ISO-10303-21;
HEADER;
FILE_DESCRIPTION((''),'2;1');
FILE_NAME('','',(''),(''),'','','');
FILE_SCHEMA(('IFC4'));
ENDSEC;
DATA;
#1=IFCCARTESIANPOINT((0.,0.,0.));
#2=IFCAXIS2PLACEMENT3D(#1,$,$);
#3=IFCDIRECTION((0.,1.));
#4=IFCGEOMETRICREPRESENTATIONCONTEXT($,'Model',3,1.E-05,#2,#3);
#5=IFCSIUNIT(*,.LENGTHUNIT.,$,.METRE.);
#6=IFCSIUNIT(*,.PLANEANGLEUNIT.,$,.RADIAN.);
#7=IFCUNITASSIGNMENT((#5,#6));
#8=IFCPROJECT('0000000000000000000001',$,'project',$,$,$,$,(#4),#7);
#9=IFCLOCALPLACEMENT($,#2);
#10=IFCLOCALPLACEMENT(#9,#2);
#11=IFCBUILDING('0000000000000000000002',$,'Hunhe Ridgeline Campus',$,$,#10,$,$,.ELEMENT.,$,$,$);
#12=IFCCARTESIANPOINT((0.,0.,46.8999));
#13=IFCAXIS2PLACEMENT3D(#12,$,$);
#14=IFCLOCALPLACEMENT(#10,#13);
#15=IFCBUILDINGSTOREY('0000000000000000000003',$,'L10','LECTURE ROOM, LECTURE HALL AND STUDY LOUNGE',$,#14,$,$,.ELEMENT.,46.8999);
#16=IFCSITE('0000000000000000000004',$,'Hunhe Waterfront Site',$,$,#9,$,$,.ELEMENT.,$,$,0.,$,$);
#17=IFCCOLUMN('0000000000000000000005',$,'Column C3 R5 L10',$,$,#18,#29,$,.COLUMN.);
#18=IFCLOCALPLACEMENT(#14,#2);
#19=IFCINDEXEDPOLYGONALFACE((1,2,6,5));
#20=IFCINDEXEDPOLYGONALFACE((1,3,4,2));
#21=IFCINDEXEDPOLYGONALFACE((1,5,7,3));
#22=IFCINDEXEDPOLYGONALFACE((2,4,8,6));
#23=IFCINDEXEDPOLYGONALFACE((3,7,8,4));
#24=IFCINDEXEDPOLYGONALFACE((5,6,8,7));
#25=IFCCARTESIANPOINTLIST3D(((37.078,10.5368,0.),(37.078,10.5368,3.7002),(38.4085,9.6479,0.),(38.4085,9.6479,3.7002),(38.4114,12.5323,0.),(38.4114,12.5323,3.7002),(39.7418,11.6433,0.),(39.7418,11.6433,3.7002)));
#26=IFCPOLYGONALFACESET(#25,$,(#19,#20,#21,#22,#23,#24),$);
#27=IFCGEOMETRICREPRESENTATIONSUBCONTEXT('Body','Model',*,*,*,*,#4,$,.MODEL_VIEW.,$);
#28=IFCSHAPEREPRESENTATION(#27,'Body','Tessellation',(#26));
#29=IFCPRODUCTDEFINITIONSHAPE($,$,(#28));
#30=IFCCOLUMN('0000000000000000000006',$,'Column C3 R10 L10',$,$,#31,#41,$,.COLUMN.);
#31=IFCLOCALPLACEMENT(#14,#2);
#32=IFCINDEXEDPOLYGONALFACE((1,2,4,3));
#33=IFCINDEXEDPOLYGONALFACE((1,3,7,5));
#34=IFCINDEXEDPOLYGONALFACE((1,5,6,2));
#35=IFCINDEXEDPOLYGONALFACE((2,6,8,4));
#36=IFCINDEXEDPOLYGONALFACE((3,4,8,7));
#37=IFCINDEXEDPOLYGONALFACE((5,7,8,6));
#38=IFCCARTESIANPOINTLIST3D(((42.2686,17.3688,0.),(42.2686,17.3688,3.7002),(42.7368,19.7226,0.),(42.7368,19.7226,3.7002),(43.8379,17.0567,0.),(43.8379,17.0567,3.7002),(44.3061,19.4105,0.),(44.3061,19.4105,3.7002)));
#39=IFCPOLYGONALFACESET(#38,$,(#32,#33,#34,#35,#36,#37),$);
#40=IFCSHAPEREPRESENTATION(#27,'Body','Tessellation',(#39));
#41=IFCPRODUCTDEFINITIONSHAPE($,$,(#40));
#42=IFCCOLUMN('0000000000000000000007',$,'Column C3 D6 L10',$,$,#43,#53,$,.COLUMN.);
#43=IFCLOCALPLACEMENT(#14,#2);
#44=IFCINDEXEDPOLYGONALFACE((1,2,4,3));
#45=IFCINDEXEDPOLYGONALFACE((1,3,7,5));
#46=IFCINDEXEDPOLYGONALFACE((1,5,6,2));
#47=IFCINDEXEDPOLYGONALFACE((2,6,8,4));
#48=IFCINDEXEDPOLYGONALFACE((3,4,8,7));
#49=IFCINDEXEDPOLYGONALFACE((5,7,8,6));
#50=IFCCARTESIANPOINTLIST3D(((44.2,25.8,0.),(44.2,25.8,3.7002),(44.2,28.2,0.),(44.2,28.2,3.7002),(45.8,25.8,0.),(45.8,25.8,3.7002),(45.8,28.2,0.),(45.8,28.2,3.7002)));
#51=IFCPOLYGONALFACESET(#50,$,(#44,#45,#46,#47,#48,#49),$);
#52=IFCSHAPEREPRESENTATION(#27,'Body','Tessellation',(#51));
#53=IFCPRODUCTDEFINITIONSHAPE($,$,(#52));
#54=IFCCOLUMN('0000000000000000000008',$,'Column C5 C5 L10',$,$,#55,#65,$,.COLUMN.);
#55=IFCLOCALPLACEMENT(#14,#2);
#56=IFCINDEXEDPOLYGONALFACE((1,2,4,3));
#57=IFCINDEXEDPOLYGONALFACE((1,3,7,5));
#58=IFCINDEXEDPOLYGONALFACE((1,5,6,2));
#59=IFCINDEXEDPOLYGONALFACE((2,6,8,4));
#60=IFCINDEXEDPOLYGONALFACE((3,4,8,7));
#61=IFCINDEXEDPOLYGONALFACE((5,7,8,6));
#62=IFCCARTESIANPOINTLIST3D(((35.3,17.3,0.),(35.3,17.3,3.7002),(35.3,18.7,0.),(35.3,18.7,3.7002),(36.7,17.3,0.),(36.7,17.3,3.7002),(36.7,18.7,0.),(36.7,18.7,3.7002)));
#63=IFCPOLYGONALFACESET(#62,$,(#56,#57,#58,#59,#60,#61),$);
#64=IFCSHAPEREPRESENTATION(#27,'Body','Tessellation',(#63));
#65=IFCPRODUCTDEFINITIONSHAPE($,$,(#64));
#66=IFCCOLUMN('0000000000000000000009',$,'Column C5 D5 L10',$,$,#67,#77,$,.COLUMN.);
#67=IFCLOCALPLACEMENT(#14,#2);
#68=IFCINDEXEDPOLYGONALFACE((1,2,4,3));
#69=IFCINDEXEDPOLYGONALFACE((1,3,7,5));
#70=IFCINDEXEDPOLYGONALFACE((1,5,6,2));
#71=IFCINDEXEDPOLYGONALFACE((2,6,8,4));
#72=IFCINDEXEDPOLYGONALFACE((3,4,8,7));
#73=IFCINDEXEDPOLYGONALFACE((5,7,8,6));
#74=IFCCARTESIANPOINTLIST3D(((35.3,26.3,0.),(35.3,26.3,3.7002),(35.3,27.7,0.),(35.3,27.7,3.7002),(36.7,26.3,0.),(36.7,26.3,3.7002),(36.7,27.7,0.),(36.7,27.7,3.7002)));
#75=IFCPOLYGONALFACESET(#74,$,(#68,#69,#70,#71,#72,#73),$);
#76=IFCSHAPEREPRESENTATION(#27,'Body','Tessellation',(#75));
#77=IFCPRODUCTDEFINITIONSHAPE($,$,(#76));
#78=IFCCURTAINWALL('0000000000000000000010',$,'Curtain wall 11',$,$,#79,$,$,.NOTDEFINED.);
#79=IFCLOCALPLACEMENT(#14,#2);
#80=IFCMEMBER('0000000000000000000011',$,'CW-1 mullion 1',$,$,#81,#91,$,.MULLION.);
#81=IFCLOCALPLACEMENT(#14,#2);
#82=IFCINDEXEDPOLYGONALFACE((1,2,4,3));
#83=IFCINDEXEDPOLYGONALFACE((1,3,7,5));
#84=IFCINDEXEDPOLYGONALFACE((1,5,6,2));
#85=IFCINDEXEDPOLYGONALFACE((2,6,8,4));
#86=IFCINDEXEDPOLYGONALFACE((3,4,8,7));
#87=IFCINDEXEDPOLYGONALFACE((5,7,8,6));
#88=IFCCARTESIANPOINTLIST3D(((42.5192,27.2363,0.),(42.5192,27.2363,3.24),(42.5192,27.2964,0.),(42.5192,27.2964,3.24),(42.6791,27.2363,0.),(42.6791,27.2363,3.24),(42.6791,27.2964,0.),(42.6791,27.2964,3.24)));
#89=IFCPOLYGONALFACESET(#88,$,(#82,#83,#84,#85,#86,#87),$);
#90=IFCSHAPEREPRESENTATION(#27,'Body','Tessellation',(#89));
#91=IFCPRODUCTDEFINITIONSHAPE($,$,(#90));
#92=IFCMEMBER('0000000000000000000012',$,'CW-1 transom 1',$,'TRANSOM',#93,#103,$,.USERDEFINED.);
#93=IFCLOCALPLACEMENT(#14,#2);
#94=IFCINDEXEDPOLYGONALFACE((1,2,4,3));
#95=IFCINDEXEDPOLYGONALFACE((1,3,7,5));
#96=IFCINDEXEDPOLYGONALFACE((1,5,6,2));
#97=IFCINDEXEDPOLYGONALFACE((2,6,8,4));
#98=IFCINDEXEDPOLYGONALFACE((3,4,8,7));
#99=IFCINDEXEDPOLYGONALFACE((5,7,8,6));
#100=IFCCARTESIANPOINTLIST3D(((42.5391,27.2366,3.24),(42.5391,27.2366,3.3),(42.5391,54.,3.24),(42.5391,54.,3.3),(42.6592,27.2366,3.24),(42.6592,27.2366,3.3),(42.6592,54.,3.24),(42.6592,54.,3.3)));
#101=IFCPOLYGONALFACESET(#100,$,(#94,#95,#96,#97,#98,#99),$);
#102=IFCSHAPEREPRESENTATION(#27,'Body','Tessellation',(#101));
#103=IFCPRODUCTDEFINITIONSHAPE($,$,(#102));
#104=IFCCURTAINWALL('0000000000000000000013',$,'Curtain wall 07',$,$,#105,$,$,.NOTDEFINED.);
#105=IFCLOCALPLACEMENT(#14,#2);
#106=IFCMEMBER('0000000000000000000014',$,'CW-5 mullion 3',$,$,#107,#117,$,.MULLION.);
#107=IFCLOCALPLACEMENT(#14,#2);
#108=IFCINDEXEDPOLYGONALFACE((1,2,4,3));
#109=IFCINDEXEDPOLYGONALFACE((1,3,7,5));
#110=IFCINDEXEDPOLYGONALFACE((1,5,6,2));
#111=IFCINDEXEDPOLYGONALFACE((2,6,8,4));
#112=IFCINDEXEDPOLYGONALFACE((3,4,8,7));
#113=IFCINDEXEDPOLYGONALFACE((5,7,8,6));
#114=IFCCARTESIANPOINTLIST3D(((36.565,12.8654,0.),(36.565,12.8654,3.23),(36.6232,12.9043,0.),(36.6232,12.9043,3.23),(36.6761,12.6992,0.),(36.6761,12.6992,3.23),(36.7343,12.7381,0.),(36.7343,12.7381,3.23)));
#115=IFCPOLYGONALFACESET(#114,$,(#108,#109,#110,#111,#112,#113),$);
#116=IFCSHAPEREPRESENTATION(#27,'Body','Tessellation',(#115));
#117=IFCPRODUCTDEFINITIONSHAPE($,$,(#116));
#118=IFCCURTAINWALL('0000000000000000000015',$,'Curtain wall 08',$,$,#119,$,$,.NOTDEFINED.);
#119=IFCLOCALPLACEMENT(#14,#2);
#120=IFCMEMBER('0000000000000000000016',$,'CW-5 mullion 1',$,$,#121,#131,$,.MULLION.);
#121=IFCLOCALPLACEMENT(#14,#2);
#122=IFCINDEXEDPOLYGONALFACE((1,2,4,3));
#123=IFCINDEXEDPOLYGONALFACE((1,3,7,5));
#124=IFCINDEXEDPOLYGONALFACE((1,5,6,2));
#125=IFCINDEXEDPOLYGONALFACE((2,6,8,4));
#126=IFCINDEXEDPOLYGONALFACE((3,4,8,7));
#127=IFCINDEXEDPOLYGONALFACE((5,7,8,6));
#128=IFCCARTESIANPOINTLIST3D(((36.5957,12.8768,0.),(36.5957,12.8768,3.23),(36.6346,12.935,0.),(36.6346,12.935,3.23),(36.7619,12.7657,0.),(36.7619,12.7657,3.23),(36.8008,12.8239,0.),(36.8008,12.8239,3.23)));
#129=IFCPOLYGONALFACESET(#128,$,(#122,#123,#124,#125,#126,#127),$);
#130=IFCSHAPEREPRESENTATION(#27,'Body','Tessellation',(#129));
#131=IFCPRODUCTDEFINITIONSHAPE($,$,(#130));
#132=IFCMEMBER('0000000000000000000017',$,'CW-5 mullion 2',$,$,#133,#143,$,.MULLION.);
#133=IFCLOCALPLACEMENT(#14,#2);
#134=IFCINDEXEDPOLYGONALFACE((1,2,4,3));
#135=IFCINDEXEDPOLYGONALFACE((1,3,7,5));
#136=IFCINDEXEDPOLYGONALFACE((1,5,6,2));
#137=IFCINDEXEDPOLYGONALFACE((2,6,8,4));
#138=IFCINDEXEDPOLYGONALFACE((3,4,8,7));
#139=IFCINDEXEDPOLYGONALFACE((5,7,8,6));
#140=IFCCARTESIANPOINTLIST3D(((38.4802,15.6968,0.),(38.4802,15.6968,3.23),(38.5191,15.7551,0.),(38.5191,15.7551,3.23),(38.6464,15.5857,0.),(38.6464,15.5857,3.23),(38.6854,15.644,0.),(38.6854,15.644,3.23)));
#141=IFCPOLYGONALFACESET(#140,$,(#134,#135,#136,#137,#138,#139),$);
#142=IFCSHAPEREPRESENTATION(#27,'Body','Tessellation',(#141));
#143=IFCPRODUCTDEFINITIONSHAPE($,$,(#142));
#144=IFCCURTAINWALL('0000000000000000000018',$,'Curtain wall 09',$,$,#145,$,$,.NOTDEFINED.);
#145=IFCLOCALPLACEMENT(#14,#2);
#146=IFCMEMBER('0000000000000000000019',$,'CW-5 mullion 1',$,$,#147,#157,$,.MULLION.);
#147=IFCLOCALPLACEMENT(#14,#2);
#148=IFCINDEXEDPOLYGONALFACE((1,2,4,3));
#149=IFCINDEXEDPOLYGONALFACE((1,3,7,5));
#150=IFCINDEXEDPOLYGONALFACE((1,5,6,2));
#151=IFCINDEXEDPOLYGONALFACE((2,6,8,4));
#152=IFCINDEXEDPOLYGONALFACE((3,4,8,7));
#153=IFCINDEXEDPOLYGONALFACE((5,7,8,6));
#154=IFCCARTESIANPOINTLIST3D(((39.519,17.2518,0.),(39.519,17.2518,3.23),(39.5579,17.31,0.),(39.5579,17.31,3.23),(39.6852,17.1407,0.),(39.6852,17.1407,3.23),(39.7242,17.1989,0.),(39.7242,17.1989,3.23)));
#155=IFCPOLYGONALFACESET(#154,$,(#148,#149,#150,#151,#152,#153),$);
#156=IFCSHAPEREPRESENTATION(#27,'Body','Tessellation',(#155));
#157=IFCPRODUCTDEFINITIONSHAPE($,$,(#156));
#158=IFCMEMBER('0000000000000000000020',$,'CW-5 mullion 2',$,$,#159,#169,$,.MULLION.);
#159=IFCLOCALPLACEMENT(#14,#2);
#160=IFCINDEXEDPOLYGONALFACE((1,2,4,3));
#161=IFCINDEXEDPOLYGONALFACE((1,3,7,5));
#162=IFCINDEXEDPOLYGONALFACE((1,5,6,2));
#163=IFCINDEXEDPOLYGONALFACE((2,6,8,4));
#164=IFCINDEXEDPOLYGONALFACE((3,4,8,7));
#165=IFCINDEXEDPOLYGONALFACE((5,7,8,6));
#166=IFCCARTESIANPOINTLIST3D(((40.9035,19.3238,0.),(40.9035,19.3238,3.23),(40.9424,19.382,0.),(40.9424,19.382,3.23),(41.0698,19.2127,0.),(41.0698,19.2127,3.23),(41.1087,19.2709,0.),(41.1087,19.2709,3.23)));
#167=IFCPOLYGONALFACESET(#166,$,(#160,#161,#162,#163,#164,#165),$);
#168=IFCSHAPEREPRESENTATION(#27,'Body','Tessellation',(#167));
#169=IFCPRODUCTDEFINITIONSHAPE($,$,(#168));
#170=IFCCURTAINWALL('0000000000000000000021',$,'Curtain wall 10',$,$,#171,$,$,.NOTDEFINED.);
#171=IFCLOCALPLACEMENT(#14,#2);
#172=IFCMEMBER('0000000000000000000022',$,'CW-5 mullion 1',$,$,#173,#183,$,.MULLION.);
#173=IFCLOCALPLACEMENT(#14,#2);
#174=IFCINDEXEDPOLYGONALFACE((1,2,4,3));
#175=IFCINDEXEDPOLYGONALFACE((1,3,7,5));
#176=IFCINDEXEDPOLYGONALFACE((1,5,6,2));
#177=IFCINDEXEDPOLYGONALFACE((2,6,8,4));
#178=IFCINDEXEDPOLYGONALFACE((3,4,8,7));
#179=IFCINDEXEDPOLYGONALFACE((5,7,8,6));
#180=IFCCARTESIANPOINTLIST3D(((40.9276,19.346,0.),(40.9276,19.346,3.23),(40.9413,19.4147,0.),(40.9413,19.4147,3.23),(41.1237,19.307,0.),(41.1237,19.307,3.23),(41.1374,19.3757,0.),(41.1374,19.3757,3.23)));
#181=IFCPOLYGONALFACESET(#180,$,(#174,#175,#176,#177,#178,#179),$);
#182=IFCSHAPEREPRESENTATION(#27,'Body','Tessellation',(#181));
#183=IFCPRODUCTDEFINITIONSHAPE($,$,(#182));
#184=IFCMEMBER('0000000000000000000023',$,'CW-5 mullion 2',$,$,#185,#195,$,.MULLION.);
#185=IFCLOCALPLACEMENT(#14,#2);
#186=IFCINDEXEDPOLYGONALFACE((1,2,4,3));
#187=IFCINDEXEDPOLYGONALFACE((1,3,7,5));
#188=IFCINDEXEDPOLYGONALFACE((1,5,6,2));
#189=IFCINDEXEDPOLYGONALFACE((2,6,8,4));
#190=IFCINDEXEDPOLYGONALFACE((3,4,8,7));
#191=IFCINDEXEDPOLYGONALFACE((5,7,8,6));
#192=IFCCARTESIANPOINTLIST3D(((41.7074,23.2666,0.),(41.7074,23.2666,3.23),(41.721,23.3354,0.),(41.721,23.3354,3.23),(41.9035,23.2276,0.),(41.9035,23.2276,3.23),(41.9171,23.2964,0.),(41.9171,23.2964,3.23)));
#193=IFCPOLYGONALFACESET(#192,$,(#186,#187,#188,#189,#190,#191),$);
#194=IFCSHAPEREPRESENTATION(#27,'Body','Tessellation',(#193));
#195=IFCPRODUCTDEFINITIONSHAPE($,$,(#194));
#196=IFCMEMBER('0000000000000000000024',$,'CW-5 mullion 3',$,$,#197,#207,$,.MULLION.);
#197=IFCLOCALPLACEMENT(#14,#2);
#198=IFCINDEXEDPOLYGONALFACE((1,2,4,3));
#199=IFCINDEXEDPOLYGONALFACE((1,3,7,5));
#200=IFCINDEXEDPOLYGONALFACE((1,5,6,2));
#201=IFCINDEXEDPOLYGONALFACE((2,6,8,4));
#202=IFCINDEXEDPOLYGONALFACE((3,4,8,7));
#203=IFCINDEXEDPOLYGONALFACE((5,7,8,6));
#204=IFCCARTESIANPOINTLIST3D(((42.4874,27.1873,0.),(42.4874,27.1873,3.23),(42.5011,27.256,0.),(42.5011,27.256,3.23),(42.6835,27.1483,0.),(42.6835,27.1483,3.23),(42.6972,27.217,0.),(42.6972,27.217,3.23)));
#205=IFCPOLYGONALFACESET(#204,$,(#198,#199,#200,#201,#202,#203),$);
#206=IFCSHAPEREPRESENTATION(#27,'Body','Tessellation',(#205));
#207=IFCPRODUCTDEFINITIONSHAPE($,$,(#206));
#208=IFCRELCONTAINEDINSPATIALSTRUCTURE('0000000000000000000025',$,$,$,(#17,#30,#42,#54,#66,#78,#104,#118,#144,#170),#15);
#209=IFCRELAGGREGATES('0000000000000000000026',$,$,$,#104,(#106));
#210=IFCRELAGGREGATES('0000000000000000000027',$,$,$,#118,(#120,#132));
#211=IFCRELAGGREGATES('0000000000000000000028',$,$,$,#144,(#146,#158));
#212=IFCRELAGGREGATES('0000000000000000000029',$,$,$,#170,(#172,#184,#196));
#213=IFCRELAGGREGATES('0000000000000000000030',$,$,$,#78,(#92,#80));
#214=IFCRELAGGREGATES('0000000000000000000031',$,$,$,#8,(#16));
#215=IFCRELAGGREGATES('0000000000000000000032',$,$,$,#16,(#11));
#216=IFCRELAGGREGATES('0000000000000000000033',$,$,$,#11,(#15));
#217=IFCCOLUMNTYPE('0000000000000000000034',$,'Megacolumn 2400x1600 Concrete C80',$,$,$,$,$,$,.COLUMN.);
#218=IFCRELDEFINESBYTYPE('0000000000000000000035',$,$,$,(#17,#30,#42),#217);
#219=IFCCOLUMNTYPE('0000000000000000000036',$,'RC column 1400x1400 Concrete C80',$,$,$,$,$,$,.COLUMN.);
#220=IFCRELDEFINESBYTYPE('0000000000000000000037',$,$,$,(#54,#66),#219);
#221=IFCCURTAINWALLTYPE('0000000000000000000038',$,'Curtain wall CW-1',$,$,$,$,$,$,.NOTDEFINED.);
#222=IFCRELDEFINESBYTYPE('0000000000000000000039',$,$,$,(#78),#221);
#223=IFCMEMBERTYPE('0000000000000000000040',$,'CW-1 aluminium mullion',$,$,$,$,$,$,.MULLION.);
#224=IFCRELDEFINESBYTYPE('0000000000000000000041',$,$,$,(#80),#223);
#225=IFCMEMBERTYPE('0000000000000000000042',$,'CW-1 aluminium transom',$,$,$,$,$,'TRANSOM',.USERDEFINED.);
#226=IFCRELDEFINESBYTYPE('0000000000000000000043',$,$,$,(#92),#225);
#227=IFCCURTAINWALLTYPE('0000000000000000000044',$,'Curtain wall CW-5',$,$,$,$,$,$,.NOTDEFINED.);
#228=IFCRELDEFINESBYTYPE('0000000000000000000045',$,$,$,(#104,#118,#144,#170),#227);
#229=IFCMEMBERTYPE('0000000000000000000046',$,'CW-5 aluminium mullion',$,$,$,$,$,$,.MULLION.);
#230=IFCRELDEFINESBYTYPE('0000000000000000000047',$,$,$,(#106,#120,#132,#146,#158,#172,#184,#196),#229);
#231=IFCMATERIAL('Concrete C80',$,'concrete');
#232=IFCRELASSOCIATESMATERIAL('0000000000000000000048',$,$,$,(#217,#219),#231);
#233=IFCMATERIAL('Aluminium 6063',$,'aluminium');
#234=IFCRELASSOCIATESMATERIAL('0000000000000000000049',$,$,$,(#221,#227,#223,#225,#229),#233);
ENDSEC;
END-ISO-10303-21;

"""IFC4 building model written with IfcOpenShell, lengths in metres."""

from ifc_helpers import new_model, si_unit, direction, frame, origin, origin_2d, place, context, subcontext, project, spatial, rectangle, extrude, material, material_profile, profile_set, type_object, element, aggregate, save


model = new_model("IFC4")

# Units and contexts
model_context = context("Model", 3, precision=1e-05, world=origin(), true_north=direction((0.0, 1.0)))
body_context = subcontext(model_context, "Body", "Model", "MODEL_VIEW")
ifc_project = project(units=[si_unit("LENGTHUNIT", "METRE"), si_unit("PLANEANGLEUNIT", "RADIAN")], contexts=[model_context])

# Site, building, storey
site_placement = place(None, origin())
site = spatial("IfcSite", under=ifc_project, at=site_placement, Name="Hunhe Waterfront Site", CompositionType="ELEMENT", RefElevation=0.0)
building_placement = place(site_placement, origin())
building = spatial("IfcBuilding", under=site, at=building_placement, Name="Hunhe Ridgeline Campus", CompositionType="ELEMENT")
storey_placement = place(building_placement, frame((0.0, 0.0, 46.8999)))
storey = spatial("IfcBuildingStorey", under=building, at=storey_placement, Name="L10", Description="LECTURE ROOM, LECTURE HALL AND STUDY LOUNGE", CompositionType="ELEMENT", Elevation=46.8999)

# Columns
ifc_material_1 = material(Name="Concrete C80", Category="concrete")
ifc_material_profile_1 = material_profile(ifc_material_1, rectangle(XDim=2.3999, YDim=1.6001, at=origin_2d()))
ifc_profile_set_1 = profile_set([ifc_material_profile_1], Name="Concrete C80")
column_type_1 = type_object("IfcColumnType", Name="Megacolumn 2400x1600 Concrete C80", PredefinedType="COLUMN", material=ifc_profile_set_1)
for number, where, z_axis, x_axis, name in (
    (1, (38.4099, 11.0901, 0.0), (0.0, 0.0, 1.0), (0.55557, 0.83147, 0.0), "Column C3 R5 L10"),
    (2, (43.2874, 18.3896, 0.0), (0.0, 0.0, 1.0), (0.19509, 0.980785, 0.0), "Column C3 R10 L10"),
    (3, (45.0, 27.0, 0.0), (0.0, 0.0, 1.0), (0.0, 1.0, 0.0), "Column C3 D6 L10"),
):
    element("IfcColumn", number, at=place(storey_placement, frame(where, z_axis=z_axis, x_axis=x_axis)), inside=storey, type_object=column_type_1, Name=name, PredefinedType="COLUMN", context=body_context, shape_type="SweptSolid", body=[
        extrude(rectangle(XDim=2.3999, YDim=1.6001, at=origin_2d()), origin(), (0.0, 0.0, 1.0), 3.7002),
    ])
ifc_material_profile_2 = material_profile(ifc_material_1, rectangle(XDim=1.3999, YDim=1.3999, at=origin_2d()))
ifc_profile_set_2 = profile_set([ifc_material_profile_2], Name="Concrete C80")
column_type_2 = type_object("IfcColumnType", Name="RC column 1400x1400 Concrete C80", PredefinedType="COLUMN", material=ifc_profile_set_2)
for number, where, z_axis, x_axis, name in (
    (4, (36.0, 18.0, 0.0), (0.0, 0.0, 1.0), (1.0, 0.0, 0.0), "Column C5 C5 L10"),
    (5, (36.0, 27.0, 0.0), (0.0, 0.0, 1.0), (1.0, 0.0, 0.0), "Column C5 D5 L10"),
):
    element("IfcColumn", number, at=place(storey_placement, frame(where, z_axis=z_axis, x_axis=x_axis)), inside=storey, type_object=column_type_2, Name=name, PredefinedType="COLUMN", context=body_context, shape_type="SweptSolid", body=[
        extrude(rectangle(XDim=1.3999, YDim=1.3999, at=origin_2d()), origin(), (0.0, 0.0, 1.0), 3.7002),
    ])

# Curtain wall, members
ifc_material_2 = material(Name="Aluminium 6063", Category="aluminium")
curtain_wall_type_1 = type_object("IfcCurtainWallType", Name="Curtain wall CW-1", PredefinedType="NOTDEFINED", material=ifc_material_2)
curtain_wall_1_placement = place(storey_placement, origin())
curtain_wall_1 = element("IfcCurtainWall", 6, at=curtain_wall_1_placement, inside=storey, type_object=curtain_wall_type_1, Name="Curtain wall 11", PredefinedType="NOTDEFINED")
ifc_material_profile_3 = material_profile(ifc_material_2, rectangle(XDim=0.1599, YDim=0.0601, at=origin_2d()))
ifc_profile_set_3 = profile_set([ifc_material_profile_3], Name="Aluminium 6063")
member_type_1 = type_object("IfcMemberType", Name="CW-1 aluminium mullion", PredefinedType="MULLION", material=ifc_profile_set_3)
member_1_placement = place(storey_placement, frame((42.5991, 27.2664, 0.0), z_axis=(0.0, 0.0, 1.0), x_axis=(-1.0, 0.0, 0.0)))
member_1 = element("IfcMember", 7, at=member_1_placement, type_object=member_type_1, Name="CW-1 mullion 1", PredefinedType="MULLION", context=body_context, shape_type="SweptSolid", body=[
    extrude(rectangle(XDim=0.1599, YDim=0.0601, at=origin_2d()), origin(), (0.0, 0.0, 1.0), 3.24),
])
ifc_material_profile_4 = material_profile(ifc_material_2, rectangle(XDim=0.1201, YDim=0.0601, at=origin_2d()))
ifc_profile_set_4 = profile_set([ifc_material_profile_4], Name="Aluminium 6063")
member_type_2 = type_object("IfcMemberType", Name="CW-1 aluminium transom", ElementType="TRANSOM", PredefinedType="USERDEFINED", material=ifc_profile_set_4)
member_2_placement = place(storey_placement, frame((42.5991, 27.2366, 3.27), z_axis=(0.0, 1.0, 0.0), x_axis=(-1.0, 0.0, 0.0)))
member_2 = element("IfcMember", 8, at=member_2_placement, type_object=member_type_2, Name="CW-1 transom 1", ObjectType="TRANSOM", PredefinedType="USERDEFINED", context=body_context, shape_type="SweptSolid", body=[
    extrude(rectangle(XDim=0.1201, YDim=0.0601, at=origin_2d()), origin(), (0.0, 0.0, 1.0), 26.7634),
])

# Curtain wall, member
curtain_wall_type_2 = type_object("IfcCurtainWallType", Name="Curtain wall CW-5", PredefinedType="NOTDEFINED", material=ifc_material_2)
curtain_wall_2_placement = place(storey_placement, origin())
curtain_wall_2 = element("IfcCurtainWall", 9, at=curtain_wall_2_placement, inside=storey, type_object=curtain_wall_type_2, Name="Curtain wall 07", PredefinedType="NOTDEFINED")
ifc_material_profile_5 = material_profile(ifc_material_2, rectangle(XDim=0.2, YDim=0.0701, at=origin_2d()))
ifc_profile_set_5 = profile_set([ifc_material_profile_5], Name="Aluminium 6063")
member_type_3 = type_object("IfcMemberType", Name="CW-5 aluminium mullion", PredefinedType="MULLION", material=ifc_profile_set_5)
member_3_placement = place(storey_placement, frame((36.6497, 12.8018, 0.0), z_axis=(0.0, 0.0, 1.0), x_axis=(-0.55557, 0.83147, 0.0)))
member_3 = element("IfcMember", 10, at=member_3_placement, type_object=member_type_3, Name="CW-5 mullion 3", PredefinedType="MULLION", context=body_context, shape_type="SweptSolid", body=[
    extrude(rectangle(XDim=0.2, YDim=0.0701, at=origin_2d()), origin(), (0.0, 0.0, 1.0), 3.23),
])
aggregate(curtain_wall_2, [member_3])

# Curtain walls, members
curtain_wall_3_placement = place(storey_placement, origin())
curtain_wall_3 = element("IfcCurtainWall", 11, at=curtain_wall_3_placement, inside=storey, type_object=curtain_wall_type_2, Name="Curtain wall 08", PredefinedType="NOTDEFINED")
member_4_placement = place(storey_placement, frame((36.6982, 12.8503, 0.0), z_axis=(0.0, 0.0, 1.0), x_axis=(-0.83147, 0.55557, 0.0)))
member_4 = element("IfcMember", 12, at=member_4_placement, type_object=member_type_3, Name="CW-5 mullion 1", PredefinedType="MULLION", context=body_context, shape_type="SweptSolid", body=[
    extrude(rectangle(XDim=0.2, YDim=0.0701, at=origin_2d()), origin(), (0.0, 0.0, 1.0), 3.23),
])
member_5_placement = place(storey_placement, frame((38.5828, 15.6704, 0.0), z_axis=(0.0, 0.0, 1.0), x_axis=(-0.83147, 0.55557, 0.0)))
member_5 = element("IfcMember", 13, at=member_5_placement, type_object=member_type_3, Name="CW-5 mullion 2", PredefinedType="MULLION", context=body_context, shape_type="SweptSolid", body=[
    extrude(rectangle(XDim=0.2, YDim=0.0701, at=origin_2d()), origin(), (0.0, 0.0, 1.0), 3.23),
])
curtain_wall_4_placement = place(storey_placement, origin())
curtain_wall_4 = element("IfcCurtainWall", 14, at=curtain_wall_4_placement, inside=storey, type_object=curtain_wall_type_2, Name="Curtain wall 09", PredefinedType="NOTDEFINED")
member_6_placement = place(storey_placement, frame((39.6216, 17.2253, 0.0), z_axis=(0.0, 0.0, 1.0), x_axis=(-0.83147, 0.55557, 0.0)))
member_6 = element("IfcMember", 15, at=member_6_placement, type_object=member_type_3, Name="CW-5 mullion 1", PredefinedType="MULLION", context=body_context, shape_type="SweptSolid", body=[
    extrude(rectangle(XDim=0.2, YDim=0.0701, at=origin_2d()), origin(), (0.0, 0.0, 1.0), 3.23),
])
member_7_placement = place(storey_placement, frame((41.0061, 19.2974, 0.0), z_axis=(0.0, 0.0, 1.0), x_axis=(-0.83147, 0.55557, 0.0)))
member_7 = element("IfcMember", 16, at=member_7_placement, type_object=member_type_3, Name="CW-5 mullion 2", PredefinedType="MULLION", context=body_context, shape_type="SweptSolid", body=[
    extrude(rectangle(XDim=0.2, YDim=0.0701, at=origin_2d()), origin(), (0.0, 0.0, 1.0), 3.23),
])
curtain_wall_5_placement = place(storey_placement, origin())
curtain_wall_5 = element("IfcCurtainWall", 17, at=curtain_wall_5_placement, inside=storey, type_object=curtain_wall_type_2, Name="Curtain wall 10", PredefinedType="NOTDEFINED")
member_8_placement = place(storey_placement, frame((41.0325, 19.3608, 0.0), z_axis=(0.0, 0.0, 1.0), x_axis=(-0.980785, 0.19509, 0.0)))
member_8 = element("IfcMember", 18, at=member_8_placement, type_object=member_type_3, Name="CW-5 mullion 1", PredefinedType="MULLION", context=body_context, shape_type="SweptSolid", body=[
    extrude(rectangle(XDim=0.2, YDim=0.0701, at=origin_2d()), origin(), (0.0, 0.0, 1.0), 3.23),
])
member_9_placement = place(storey_placement, frame((41.8123, 23.2815, 0.0), z_axis=(0.0, 0.0, 1.0), x_axis=(-0.980785, 0.19509, 0.0)))
member_9 = element("IfcMember", 19, at=member_9_placement, type_object=member_type_3, Name="CW-5 mullion 2", PredefinedType="MULLION", context=body_context, shape_type="SweptSolid", body=[
    extrude(rectangle(XDim=0.2, YDim=0.0701, at=origin_2d()), origin(), (0.0, 0.0, 1.0), 3.23),
])
member_10_placement = place(storey_placement, frame((42.5923, 27.2021, 0.0), z_axis=(0.0, 0.0, 1.0), x_axis=(-0.980785, 0.19509, 0.0)))
member_10 = element("IfcMember", 20, at=member_10_placement, type_object=member_type_3, Name="CW-5 mullion 3", PredefinedType="MULLION", context=body_context, shape_type="SweptSolid", body=[
    extrude(rectangle(XDim=0.2, YDim=0.0701, at=origin_2d()), origin(), (0.0, 0.0, 1.0), 3.23),
])

aggregate(curtain_wall_3, [member_4, member_5])
aggregate(curtain_wall_4, [member_6, member_7])
aggregate(curtain_wall_5, [member_8, member_9, member_10])
aggregate(curtain_wall_1, [member_2, member_1])

save(model, "model.ifc")
